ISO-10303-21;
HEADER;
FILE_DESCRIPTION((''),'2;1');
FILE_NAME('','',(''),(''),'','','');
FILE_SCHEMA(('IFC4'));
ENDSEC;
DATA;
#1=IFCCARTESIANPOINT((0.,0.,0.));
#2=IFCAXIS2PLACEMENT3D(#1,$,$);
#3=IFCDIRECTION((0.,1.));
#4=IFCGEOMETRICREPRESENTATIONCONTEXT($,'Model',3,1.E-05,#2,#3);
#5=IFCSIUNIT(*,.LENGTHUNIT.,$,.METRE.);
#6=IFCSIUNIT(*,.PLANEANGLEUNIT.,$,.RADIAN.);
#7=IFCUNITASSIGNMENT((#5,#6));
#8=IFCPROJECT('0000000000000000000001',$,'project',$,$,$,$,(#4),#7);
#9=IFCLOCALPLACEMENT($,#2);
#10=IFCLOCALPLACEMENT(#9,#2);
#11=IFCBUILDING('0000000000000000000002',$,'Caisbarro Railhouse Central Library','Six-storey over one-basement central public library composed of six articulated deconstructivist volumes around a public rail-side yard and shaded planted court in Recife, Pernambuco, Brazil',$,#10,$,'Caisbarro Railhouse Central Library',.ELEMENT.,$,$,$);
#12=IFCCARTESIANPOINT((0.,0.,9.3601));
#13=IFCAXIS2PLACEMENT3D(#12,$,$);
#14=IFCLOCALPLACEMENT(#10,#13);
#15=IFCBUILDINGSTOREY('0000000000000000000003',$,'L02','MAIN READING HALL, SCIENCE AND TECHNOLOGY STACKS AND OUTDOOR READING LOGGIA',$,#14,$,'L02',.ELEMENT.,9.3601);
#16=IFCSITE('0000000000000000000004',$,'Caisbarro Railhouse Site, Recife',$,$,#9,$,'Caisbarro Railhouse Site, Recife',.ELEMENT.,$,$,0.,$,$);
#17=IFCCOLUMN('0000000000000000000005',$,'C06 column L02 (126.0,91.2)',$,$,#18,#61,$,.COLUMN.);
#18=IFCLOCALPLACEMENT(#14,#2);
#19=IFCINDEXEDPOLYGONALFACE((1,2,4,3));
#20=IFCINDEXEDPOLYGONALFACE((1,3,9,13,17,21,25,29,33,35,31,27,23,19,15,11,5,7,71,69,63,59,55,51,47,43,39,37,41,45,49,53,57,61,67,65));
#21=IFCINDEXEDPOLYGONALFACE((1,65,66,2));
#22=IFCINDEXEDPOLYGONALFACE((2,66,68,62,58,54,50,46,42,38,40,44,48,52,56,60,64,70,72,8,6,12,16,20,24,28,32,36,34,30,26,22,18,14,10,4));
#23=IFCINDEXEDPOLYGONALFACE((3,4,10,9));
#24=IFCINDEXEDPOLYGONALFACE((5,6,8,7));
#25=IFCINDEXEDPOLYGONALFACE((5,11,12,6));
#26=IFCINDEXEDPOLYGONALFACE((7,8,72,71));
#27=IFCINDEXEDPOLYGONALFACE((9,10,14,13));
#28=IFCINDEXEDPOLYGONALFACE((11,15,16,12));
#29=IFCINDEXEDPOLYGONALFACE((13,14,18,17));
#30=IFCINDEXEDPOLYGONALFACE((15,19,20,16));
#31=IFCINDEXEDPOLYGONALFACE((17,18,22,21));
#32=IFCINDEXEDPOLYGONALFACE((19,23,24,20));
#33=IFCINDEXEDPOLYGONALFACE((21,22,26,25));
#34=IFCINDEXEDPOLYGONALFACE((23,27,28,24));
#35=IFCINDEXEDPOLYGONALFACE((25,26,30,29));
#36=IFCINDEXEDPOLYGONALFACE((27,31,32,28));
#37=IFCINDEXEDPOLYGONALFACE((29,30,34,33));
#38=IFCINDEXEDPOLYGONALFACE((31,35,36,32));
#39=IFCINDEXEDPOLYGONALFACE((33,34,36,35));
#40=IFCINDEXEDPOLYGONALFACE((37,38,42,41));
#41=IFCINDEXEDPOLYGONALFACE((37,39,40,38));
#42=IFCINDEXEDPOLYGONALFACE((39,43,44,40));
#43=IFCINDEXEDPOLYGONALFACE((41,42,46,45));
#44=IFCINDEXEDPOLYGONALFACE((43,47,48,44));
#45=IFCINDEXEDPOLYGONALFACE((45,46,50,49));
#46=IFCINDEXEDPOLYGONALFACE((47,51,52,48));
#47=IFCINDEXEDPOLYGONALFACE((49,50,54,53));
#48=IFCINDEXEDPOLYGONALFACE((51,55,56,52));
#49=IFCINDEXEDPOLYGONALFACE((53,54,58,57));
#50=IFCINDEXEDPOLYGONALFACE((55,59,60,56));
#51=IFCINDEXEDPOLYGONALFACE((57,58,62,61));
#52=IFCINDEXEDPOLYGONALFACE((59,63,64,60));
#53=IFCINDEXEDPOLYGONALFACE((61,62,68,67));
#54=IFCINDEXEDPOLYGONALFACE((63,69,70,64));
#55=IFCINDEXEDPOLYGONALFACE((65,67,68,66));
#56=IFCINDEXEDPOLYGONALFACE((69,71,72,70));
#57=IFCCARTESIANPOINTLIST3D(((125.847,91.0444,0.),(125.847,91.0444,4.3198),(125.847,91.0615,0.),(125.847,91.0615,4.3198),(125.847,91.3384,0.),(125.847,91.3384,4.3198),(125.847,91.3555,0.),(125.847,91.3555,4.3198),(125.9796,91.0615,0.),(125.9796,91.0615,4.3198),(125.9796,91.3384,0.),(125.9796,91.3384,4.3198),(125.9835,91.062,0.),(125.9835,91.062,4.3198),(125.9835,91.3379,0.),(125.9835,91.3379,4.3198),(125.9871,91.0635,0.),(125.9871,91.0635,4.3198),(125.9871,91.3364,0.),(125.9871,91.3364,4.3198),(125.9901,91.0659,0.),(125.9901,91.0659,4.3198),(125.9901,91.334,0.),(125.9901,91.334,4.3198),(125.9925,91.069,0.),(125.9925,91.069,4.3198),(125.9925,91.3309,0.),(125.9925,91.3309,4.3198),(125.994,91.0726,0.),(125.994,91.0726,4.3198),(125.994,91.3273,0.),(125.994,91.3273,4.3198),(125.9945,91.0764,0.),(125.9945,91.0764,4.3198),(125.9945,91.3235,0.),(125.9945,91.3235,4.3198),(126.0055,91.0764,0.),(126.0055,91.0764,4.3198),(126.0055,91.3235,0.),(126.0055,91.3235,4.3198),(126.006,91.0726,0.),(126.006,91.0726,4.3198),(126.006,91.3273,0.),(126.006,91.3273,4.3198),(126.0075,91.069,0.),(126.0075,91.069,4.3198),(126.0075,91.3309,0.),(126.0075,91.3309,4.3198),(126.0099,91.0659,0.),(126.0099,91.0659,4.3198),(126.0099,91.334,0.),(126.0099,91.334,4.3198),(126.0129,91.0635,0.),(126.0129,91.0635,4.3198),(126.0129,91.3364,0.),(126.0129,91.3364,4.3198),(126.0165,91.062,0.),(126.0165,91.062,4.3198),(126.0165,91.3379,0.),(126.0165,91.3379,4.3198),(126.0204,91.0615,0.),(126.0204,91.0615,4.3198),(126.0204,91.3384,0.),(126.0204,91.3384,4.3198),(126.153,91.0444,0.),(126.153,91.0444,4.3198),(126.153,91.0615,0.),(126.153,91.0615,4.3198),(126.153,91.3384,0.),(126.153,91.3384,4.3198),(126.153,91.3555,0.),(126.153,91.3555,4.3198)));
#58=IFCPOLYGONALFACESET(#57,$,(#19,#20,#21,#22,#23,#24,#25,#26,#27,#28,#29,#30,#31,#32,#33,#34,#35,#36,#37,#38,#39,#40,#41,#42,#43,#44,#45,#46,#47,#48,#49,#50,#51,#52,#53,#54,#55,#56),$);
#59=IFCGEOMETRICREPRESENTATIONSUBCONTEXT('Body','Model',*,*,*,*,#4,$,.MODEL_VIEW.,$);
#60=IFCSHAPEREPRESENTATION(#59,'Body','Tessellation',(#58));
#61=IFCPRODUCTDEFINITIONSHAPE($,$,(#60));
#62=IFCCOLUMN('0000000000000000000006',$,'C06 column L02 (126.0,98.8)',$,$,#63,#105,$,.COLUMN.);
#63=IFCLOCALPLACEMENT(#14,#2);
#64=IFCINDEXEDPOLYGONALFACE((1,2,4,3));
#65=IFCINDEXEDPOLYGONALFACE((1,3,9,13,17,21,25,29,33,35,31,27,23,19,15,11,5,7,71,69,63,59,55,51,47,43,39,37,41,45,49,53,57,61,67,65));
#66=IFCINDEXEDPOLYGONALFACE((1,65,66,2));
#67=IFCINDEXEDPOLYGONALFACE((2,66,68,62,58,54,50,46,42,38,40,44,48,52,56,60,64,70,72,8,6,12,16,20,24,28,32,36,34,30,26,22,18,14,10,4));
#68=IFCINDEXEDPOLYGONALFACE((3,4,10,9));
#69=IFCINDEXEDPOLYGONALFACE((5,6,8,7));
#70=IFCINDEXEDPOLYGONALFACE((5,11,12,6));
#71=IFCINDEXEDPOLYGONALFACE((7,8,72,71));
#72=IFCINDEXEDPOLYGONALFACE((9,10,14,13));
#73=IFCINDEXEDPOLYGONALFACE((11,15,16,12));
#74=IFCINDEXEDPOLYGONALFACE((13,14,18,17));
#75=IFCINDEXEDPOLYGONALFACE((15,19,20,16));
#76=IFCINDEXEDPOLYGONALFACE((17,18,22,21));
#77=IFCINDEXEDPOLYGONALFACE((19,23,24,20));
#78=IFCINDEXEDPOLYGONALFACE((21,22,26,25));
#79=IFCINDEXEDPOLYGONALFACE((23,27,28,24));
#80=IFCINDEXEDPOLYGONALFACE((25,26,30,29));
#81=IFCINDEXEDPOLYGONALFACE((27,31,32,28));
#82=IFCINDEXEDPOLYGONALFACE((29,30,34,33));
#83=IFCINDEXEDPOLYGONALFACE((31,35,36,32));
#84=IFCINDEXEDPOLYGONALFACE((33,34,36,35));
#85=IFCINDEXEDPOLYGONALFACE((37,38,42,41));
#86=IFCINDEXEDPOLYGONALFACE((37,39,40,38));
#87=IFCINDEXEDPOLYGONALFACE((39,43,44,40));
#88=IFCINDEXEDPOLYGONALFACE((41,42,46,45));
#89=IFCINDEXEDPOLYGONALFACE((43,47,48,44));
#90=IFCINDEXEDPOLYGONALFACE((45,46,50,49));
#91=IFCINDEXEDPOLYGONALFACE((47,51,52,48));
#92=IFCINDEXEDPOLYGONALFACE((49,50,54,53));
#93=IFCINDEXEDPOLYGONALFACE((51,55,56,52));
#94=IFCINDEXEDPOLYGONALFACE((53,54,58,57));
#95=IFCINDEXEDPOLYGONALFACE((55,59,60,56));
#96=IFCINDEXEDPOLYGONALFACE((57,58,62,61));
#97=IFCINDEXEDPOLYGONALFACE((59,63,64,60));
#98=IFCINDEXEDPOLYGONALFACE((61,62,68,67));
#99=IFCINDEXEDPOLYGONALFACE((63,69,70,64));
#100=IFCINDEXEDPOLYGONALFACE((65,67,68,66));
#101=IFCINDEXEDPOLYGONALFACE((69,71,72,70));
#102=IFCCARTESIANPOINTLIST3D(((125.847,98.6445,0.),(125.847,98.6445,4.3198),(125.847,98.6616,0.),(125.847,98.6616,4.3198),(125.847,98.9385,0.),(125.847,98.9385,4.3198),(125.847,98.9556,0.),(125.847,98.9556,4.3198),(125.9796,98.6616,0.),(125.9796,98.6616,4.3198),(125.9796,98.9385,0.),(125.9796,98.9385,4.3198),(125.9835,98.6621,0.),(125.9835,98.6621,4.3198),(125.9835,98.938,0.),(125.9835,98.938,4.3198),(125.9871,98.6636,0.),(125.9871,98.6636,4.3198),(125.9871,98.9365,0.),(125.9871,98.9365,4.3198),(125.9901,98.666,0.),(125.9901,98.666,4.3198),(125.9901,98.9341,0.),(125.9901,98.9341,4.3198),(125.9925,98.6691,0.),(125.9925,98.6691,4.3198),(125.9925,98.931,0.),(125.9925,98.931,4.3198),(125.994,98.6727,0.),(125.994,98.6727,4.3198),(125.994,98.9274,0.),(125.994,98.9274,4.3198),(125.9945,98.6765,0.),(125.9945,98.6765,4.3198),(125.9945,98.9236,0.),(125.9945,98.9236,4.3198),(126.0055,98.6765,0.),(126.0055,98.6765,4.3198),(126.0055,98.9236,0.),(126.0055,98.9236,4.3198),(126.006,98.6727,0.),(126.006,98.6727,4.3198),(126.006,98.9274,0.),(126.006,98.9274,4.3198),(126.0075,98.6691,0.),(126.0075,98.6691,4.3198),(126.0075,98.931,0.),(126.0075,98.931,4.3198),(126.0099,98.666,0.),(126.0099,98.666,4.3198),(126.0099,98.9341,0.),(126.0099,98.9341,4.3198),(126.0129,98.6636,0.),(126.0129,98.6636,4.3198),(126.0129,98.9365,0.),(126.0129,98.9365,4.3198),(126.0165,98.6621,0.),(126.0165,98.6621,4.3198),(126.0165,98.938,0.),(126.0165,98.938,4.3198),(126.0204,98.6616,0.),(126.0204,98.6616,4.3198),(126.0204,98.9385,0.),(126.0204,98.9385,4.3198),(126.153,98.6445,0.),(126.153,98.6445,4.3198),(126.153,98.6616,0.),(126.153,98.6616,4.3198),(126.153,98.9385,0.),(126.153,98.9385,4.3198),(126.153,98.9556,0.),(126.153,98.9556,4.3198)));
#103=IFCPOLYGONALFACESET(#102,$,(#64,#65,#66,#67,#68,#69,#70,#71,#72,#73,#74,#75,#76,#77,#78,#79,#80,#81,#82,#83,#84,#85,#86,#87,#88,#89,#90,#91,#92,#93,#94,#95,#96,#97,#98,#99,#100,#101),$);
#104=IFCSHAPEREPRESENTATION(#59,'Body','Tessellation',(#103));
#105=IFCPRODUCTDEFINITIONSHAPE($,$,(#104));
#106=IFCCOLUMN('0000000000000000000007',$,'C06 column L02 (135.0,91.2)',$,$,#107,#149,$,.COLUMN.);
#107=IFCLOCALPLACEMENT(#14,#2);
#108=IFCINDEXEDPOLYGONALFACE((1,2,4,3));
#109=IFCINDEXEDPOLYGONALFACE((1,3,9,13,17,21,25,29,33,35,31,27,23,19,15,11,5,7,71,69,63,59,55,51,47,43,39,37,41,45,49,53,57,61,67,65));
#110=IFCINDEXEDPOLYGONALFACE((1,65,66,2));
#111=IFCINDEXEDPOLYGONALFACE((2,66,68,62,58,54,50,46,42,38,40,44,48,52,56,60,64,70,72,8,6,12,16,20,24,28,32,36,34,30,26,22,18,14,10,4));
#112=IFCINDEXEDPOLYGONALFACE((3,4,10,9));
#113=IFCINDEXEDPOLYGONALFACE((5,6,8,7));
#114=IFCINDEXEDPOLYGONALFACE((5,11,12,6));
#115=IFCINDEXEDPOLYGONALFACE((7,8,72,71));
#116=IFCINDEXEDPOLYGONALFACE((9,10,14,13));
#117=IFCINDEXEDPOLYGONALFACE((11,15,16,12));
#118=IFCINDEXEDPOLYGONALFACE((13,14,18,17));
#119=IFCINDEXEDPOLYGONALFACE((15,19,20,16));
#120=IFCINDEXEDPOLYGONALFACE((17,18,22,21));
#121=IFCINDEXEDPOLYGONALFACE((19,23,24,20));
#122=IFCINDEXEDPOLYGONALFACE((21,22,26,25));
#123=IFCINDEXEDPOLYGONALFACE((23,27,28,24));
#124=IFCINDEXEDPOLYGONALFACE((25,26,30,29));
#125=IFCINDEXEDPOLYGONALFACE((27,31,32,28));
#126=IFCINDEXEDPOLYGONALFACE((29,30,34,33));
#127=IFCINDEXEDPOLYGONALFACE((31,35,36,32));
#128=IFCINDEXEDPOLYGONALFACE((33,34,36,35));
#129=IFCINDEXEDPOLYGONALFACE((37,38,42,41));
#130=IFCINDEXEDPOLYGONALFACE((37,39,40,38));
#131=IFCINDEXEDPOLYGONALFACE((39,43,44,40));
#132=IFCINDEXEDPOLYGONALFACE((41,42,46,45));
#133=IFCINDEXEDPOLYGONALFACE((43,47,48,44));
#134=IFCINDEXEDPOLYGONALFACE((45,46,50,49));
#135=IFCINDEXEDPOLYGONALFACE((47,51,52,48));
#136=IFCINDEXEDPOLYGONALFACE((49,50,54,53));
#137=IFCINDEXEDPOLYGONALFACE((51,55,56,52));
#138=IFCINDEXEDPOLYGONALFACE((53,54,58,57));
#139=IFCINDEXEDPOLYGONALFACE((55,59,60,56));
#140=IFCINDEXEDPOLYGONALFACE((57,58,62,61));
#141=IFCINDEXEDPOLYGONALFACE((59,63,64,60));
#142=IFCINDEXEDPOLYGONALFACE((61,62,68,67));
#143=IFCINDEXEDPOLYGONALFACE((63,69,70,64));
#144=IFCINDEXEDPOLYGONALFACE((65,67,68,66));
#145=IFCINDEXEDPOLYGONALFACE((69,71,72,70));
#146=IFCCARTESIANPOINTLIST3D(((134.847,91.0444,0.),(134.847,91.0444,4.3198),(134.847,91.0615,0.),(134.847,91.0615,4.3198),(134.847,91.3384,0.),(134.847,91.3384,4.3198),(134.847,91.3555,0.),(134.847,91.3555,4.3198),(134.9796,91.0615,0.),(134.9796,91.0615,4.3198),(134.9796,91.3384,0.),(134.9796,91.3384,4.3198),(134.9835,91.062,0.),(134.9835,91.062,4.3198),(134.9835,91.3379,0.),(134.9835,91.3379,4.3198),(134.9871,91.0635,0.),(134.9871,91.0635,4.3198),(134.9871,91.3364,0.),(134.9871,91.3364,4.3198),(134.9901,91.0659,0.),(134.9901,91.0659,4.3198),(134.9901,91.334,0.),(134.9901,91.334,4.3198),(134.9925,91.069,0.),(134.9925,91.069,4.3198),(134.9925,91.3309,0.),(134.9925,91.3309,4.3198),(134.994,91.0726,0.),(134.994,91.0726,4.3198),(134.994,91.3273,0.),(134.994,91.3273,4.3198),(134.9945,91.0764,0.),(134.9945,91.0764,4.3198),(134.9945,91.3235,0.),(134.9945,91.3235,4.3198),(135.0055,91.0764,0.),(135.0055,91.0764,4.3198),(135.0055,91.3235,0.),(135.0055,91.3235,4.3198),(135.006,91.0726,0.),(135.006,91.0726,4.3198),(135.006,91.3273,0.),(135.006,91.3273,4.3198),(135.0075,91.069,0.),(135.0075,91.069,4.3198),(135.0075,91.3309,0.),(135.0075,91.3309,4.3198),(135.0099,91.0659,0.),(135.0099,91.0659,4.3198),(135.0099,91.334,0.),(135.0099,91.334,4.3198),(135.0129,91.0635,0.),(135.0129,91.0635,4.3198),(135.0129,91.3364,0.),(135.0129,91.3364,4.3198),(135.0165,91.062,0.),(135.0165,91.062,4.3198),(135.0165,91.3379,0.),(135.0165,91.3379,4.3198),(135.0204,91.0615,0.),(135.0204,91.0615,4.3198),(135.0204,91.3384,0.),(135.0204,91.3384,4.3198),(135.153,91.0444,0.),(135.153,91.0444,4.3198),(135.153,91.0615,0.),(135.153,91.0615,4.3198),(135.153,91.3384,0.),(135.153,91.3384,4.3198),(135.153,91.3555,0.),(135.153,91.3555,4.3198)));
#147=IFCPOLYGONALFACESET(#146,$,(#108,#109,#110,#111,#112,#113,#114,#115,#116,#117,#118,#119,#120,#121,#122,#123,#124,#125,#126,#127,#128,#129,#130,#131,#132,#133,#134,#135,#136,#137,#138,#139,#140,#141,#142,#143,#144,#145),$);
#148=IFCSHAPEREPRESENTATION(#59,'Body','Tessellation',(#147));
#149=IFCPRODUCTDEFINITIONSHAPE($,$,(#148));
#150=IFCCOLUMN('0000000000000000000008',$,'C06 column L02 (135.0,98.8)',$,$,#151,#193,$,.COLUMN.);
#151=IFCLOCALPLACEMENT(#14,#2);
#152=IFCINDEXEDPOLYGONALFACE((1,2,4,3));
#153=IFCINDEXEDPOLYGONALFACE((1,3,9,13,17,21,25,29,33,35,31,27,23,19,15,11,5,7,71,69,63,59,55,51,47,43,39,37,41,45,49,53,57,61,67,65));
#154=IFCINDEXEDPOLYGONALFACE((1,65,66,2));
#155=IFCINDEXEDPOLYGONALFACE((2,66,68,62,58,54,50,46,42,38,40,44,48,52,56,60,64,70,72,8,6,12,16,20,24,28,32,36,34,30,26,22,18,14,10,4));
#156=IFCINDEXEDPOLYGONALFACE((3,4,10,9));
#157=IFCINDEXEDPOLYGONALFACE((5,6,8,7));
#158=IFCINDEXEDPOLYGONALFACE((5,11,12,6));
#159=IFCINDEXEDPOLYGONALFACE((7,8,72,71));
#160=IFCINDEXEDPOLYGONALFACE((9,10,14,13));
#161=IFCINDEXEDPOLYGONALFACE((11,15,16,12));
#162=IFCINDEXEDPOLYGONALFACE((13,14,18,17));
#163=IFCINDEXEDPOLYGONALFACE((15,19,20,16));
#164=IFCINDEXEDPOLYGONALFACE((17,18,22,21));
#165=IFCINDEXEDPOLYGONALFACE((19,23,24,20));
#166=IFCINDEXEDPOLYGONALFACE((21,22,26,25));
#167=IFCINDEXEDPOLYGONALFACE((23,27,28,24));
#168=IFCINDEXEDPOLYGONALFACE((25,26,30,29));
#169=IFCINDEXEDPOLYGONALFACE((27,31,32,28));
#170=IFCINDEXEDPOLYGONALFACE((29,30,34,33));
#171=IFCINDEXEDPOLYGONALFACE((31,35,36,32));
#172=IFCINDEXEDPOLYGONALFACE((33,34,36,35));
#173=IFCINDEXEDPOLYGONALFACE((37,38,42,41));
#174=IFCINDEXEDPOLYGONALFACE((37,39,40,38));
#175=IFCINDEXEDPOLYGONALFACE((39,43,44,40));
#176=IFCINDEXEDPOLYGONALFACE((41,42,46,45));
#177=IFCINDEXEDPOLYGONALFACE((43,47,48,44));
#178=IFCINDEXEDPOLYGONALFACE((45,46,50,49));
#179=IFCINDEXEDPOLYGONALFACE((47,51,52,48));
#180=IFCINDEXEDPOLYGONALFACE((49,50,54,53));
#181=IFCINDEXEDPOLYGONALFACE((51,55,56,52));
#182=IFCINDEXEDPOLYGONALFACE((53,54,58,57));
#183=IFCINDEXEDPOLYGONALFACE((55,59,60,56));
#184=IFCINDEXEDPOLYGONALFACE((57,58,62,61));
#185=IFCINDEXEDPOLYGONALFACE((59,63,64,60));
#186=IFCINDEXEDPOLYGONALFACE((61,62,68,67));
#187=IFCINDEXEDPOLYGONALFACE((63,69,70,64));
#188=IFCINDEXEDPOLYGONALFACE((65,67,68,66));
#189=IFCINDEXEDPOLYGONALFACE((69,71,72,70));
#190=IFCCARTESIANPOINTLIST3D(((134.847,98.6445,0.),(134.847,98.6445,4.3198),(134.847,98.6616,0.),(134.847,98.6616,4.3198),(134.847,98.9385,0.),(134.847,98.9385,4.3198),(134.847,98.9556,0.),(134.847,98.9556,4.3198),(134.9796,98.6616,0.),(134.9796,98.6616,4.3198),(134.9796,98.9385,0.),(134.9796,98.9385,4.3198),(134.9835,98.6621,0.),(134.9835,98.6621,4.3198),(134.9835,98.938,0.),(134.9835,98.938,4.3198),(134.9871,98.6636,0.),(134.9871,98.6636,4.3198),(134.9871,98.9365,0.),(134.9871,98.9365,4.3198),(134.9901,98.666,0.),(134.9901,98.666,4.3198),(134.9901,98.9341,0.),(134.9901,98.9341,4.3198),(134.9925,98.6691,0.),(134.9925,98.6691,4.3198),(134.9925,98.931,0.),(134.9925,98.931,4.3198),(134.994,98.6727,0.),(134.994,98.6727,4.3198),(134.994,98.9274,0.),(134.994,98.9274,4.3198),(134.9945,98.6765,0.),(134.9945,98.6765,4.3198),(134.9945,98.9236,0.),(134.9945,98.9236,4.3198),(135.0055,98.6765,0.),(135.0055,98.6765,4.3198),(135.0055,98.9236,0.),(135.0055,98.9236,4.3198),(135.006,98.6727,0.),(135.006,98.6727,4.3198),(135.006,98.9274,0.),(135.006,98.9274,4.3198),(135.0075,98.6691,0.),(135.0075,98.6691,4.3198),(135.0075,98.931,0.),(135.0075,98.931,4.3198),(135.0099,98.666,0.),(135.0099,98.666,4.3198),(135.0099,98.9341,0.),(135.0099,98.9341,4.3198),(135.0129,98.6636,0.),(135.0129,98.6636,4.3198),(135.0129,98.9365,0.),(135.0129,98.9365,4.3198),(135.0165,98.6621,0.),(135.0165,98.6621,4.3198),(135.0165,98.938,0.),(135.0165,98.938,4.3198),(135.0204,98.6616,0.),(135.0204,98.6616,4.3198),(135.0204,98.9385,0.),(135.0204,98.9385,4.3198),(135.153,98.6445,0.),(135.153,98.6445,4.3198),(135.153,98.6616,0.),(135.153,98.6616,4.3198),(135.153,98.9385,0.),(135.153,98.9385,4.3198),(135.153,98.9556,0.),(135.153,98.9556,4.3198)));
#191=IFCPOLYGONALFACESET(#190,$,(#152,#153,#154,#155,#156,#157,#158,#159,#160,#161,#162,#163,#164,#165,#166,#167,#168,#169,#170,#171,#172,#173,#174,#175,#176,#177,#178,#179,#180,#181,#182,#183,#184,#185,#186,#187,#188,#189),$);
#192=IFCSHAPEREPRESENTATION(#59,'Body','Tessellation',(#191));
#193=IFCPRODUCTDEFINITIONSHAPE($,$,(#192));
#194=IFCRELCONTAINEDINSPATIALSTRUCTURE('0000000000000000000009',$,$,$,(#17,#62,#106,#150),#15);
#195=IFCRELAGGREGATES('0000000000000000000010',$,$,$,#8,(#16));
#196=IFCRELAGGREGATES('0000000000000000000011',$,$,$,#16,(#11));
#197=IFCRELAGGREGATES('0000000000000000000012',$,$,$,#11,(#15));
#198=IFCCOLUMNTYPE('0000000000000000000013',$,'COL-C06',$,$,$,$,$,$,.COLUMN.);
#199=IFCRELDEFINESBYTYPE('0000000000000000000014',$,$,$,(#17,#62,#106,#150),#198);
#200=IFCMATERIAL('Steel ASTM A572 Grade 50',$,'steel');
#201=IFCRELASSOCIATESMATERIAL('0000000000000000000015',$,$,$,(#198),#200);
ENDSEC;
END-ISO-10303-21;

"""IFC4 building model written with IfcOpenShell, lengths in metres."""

from ifc_helpers import new_model, si_unit, direction, frame, origin, origin_2d, place, context, subcontext, project, spatial, i_section, extrude, material, material_profile, profile_set, type_object, element, save


model = new_model("IFC4")

# Units and contexts
model_context = context("Model", 3, precision=1e-05, world=origin(), true_north=direction((0.0, 1.0)))
body_context = subcontext(model_context, "Body", "Model", "MODEL_VIEW")
ifc_project = project(units=[si_unit("LENGTHUNIT", "METRE"), si_unit("PLANEANGLEUNIT", "RADIAN")], contexts=[model_context])

# Site, building, storey
site_placement = place(None, origin())
site = spatial("IfcSite", under=ifc_project, at=site_placement, Name="Caisbarro Railhouse Site, Recife", LongName="Caisbarro Railhouse Site, Recife", CompositionType="ELEMENT", RefElevation=0.0)
building_placement = place(site_placement, origin())
building = spatial("IfcBuilding", under=site, at=building_placement, Name="Caisbarro Railhouse Central Library", Description="Six-storey over one-basement central public library composed of six articulated deconstructivist volumes around a public rail-side yard and shaded planted court in Recife, Pernambuco, Brazil", LongName="Caisbarro Railhouse Central Library", CompositionType="ELEMENT")
storey_placement = place(building_placement, frame((0.0, 0.0, 9.3601)))
storey = spatial("IfcBuildingStorey", under=building, at=storey_placement, Name="L02", Description="MAIN READING HALL, SCIENCE AND TECHNOLOGY STACKS AND OUTDOOR READING LOGGIA", LongName="L02", CompositionType="ELEMENT", Elevation=9.3601)

# Columns
ifc_material_1 = material(Name="Steel ASTM A572 Grade 50", Category="steel")
ifc_material_profile_1 = material_profile(ifc_material_1, i_section(OverallWidth=0.3059, OverallDepth=0.311, WebThickness=0.011, FlangeThickness=0.0171, FilletRadius=0.0149, at=origin_2d()), Name="W310X107.0")
ifc_profile_set_1 = profile_set([ifc_material_profile_1], Name="Steel ASTM A572 Grade 50")
column_type = type_object("IfcColumnType", Name="COL-C06", PredefinedType="COLUMN", material=ifc_profile_set_1)
for number, where, z_axis, x_axis, name in (
    (1, (126.0, 91.2, 0.0), (0.0, 0.0, 1.0), (1.0, 0.0, 0.0), "C06 column L02 (126.0,91.2)"),
    (2, (126.0, 98.8, 0.0), (0.0, 0.0, 1.0), (1.0, 0.0, 0.0), "C06 column L02 (126.0,98.8)"),
    (3, (135.0, 91.2, 0.0), (0.0, 0.0, 1.0), (1.0, 0.0, 0.0), "C06 column L02 (135.0,91.2)"),
    (4, (135.0, 98.8, 0.0), (0.0, 0.0, 1.0), (1.0, 0.0, 0.0), "C06 column L02 (135.0,98.8)"),
):
    element("IfcColumn", number, at=place(storey_placement, frame(where, z_axis=z_axis, x_axis=x_axis)), inside=storey, type_object=column_type, Name=name, PredefinedType="COLUMN", context=body_context, shape_type="SweptSolid", body=[
        extrude(i_section(OverallWidth=0.3059, OverallDepth=0.311, WebThickness=0.011, FlangeThickness=0.0171, FilletRadius=0.0149, at=origin_2d()), origin(), (0.0, 0.0, 1.0), 4.3198),
    ])

save(model, "model.ifc")
